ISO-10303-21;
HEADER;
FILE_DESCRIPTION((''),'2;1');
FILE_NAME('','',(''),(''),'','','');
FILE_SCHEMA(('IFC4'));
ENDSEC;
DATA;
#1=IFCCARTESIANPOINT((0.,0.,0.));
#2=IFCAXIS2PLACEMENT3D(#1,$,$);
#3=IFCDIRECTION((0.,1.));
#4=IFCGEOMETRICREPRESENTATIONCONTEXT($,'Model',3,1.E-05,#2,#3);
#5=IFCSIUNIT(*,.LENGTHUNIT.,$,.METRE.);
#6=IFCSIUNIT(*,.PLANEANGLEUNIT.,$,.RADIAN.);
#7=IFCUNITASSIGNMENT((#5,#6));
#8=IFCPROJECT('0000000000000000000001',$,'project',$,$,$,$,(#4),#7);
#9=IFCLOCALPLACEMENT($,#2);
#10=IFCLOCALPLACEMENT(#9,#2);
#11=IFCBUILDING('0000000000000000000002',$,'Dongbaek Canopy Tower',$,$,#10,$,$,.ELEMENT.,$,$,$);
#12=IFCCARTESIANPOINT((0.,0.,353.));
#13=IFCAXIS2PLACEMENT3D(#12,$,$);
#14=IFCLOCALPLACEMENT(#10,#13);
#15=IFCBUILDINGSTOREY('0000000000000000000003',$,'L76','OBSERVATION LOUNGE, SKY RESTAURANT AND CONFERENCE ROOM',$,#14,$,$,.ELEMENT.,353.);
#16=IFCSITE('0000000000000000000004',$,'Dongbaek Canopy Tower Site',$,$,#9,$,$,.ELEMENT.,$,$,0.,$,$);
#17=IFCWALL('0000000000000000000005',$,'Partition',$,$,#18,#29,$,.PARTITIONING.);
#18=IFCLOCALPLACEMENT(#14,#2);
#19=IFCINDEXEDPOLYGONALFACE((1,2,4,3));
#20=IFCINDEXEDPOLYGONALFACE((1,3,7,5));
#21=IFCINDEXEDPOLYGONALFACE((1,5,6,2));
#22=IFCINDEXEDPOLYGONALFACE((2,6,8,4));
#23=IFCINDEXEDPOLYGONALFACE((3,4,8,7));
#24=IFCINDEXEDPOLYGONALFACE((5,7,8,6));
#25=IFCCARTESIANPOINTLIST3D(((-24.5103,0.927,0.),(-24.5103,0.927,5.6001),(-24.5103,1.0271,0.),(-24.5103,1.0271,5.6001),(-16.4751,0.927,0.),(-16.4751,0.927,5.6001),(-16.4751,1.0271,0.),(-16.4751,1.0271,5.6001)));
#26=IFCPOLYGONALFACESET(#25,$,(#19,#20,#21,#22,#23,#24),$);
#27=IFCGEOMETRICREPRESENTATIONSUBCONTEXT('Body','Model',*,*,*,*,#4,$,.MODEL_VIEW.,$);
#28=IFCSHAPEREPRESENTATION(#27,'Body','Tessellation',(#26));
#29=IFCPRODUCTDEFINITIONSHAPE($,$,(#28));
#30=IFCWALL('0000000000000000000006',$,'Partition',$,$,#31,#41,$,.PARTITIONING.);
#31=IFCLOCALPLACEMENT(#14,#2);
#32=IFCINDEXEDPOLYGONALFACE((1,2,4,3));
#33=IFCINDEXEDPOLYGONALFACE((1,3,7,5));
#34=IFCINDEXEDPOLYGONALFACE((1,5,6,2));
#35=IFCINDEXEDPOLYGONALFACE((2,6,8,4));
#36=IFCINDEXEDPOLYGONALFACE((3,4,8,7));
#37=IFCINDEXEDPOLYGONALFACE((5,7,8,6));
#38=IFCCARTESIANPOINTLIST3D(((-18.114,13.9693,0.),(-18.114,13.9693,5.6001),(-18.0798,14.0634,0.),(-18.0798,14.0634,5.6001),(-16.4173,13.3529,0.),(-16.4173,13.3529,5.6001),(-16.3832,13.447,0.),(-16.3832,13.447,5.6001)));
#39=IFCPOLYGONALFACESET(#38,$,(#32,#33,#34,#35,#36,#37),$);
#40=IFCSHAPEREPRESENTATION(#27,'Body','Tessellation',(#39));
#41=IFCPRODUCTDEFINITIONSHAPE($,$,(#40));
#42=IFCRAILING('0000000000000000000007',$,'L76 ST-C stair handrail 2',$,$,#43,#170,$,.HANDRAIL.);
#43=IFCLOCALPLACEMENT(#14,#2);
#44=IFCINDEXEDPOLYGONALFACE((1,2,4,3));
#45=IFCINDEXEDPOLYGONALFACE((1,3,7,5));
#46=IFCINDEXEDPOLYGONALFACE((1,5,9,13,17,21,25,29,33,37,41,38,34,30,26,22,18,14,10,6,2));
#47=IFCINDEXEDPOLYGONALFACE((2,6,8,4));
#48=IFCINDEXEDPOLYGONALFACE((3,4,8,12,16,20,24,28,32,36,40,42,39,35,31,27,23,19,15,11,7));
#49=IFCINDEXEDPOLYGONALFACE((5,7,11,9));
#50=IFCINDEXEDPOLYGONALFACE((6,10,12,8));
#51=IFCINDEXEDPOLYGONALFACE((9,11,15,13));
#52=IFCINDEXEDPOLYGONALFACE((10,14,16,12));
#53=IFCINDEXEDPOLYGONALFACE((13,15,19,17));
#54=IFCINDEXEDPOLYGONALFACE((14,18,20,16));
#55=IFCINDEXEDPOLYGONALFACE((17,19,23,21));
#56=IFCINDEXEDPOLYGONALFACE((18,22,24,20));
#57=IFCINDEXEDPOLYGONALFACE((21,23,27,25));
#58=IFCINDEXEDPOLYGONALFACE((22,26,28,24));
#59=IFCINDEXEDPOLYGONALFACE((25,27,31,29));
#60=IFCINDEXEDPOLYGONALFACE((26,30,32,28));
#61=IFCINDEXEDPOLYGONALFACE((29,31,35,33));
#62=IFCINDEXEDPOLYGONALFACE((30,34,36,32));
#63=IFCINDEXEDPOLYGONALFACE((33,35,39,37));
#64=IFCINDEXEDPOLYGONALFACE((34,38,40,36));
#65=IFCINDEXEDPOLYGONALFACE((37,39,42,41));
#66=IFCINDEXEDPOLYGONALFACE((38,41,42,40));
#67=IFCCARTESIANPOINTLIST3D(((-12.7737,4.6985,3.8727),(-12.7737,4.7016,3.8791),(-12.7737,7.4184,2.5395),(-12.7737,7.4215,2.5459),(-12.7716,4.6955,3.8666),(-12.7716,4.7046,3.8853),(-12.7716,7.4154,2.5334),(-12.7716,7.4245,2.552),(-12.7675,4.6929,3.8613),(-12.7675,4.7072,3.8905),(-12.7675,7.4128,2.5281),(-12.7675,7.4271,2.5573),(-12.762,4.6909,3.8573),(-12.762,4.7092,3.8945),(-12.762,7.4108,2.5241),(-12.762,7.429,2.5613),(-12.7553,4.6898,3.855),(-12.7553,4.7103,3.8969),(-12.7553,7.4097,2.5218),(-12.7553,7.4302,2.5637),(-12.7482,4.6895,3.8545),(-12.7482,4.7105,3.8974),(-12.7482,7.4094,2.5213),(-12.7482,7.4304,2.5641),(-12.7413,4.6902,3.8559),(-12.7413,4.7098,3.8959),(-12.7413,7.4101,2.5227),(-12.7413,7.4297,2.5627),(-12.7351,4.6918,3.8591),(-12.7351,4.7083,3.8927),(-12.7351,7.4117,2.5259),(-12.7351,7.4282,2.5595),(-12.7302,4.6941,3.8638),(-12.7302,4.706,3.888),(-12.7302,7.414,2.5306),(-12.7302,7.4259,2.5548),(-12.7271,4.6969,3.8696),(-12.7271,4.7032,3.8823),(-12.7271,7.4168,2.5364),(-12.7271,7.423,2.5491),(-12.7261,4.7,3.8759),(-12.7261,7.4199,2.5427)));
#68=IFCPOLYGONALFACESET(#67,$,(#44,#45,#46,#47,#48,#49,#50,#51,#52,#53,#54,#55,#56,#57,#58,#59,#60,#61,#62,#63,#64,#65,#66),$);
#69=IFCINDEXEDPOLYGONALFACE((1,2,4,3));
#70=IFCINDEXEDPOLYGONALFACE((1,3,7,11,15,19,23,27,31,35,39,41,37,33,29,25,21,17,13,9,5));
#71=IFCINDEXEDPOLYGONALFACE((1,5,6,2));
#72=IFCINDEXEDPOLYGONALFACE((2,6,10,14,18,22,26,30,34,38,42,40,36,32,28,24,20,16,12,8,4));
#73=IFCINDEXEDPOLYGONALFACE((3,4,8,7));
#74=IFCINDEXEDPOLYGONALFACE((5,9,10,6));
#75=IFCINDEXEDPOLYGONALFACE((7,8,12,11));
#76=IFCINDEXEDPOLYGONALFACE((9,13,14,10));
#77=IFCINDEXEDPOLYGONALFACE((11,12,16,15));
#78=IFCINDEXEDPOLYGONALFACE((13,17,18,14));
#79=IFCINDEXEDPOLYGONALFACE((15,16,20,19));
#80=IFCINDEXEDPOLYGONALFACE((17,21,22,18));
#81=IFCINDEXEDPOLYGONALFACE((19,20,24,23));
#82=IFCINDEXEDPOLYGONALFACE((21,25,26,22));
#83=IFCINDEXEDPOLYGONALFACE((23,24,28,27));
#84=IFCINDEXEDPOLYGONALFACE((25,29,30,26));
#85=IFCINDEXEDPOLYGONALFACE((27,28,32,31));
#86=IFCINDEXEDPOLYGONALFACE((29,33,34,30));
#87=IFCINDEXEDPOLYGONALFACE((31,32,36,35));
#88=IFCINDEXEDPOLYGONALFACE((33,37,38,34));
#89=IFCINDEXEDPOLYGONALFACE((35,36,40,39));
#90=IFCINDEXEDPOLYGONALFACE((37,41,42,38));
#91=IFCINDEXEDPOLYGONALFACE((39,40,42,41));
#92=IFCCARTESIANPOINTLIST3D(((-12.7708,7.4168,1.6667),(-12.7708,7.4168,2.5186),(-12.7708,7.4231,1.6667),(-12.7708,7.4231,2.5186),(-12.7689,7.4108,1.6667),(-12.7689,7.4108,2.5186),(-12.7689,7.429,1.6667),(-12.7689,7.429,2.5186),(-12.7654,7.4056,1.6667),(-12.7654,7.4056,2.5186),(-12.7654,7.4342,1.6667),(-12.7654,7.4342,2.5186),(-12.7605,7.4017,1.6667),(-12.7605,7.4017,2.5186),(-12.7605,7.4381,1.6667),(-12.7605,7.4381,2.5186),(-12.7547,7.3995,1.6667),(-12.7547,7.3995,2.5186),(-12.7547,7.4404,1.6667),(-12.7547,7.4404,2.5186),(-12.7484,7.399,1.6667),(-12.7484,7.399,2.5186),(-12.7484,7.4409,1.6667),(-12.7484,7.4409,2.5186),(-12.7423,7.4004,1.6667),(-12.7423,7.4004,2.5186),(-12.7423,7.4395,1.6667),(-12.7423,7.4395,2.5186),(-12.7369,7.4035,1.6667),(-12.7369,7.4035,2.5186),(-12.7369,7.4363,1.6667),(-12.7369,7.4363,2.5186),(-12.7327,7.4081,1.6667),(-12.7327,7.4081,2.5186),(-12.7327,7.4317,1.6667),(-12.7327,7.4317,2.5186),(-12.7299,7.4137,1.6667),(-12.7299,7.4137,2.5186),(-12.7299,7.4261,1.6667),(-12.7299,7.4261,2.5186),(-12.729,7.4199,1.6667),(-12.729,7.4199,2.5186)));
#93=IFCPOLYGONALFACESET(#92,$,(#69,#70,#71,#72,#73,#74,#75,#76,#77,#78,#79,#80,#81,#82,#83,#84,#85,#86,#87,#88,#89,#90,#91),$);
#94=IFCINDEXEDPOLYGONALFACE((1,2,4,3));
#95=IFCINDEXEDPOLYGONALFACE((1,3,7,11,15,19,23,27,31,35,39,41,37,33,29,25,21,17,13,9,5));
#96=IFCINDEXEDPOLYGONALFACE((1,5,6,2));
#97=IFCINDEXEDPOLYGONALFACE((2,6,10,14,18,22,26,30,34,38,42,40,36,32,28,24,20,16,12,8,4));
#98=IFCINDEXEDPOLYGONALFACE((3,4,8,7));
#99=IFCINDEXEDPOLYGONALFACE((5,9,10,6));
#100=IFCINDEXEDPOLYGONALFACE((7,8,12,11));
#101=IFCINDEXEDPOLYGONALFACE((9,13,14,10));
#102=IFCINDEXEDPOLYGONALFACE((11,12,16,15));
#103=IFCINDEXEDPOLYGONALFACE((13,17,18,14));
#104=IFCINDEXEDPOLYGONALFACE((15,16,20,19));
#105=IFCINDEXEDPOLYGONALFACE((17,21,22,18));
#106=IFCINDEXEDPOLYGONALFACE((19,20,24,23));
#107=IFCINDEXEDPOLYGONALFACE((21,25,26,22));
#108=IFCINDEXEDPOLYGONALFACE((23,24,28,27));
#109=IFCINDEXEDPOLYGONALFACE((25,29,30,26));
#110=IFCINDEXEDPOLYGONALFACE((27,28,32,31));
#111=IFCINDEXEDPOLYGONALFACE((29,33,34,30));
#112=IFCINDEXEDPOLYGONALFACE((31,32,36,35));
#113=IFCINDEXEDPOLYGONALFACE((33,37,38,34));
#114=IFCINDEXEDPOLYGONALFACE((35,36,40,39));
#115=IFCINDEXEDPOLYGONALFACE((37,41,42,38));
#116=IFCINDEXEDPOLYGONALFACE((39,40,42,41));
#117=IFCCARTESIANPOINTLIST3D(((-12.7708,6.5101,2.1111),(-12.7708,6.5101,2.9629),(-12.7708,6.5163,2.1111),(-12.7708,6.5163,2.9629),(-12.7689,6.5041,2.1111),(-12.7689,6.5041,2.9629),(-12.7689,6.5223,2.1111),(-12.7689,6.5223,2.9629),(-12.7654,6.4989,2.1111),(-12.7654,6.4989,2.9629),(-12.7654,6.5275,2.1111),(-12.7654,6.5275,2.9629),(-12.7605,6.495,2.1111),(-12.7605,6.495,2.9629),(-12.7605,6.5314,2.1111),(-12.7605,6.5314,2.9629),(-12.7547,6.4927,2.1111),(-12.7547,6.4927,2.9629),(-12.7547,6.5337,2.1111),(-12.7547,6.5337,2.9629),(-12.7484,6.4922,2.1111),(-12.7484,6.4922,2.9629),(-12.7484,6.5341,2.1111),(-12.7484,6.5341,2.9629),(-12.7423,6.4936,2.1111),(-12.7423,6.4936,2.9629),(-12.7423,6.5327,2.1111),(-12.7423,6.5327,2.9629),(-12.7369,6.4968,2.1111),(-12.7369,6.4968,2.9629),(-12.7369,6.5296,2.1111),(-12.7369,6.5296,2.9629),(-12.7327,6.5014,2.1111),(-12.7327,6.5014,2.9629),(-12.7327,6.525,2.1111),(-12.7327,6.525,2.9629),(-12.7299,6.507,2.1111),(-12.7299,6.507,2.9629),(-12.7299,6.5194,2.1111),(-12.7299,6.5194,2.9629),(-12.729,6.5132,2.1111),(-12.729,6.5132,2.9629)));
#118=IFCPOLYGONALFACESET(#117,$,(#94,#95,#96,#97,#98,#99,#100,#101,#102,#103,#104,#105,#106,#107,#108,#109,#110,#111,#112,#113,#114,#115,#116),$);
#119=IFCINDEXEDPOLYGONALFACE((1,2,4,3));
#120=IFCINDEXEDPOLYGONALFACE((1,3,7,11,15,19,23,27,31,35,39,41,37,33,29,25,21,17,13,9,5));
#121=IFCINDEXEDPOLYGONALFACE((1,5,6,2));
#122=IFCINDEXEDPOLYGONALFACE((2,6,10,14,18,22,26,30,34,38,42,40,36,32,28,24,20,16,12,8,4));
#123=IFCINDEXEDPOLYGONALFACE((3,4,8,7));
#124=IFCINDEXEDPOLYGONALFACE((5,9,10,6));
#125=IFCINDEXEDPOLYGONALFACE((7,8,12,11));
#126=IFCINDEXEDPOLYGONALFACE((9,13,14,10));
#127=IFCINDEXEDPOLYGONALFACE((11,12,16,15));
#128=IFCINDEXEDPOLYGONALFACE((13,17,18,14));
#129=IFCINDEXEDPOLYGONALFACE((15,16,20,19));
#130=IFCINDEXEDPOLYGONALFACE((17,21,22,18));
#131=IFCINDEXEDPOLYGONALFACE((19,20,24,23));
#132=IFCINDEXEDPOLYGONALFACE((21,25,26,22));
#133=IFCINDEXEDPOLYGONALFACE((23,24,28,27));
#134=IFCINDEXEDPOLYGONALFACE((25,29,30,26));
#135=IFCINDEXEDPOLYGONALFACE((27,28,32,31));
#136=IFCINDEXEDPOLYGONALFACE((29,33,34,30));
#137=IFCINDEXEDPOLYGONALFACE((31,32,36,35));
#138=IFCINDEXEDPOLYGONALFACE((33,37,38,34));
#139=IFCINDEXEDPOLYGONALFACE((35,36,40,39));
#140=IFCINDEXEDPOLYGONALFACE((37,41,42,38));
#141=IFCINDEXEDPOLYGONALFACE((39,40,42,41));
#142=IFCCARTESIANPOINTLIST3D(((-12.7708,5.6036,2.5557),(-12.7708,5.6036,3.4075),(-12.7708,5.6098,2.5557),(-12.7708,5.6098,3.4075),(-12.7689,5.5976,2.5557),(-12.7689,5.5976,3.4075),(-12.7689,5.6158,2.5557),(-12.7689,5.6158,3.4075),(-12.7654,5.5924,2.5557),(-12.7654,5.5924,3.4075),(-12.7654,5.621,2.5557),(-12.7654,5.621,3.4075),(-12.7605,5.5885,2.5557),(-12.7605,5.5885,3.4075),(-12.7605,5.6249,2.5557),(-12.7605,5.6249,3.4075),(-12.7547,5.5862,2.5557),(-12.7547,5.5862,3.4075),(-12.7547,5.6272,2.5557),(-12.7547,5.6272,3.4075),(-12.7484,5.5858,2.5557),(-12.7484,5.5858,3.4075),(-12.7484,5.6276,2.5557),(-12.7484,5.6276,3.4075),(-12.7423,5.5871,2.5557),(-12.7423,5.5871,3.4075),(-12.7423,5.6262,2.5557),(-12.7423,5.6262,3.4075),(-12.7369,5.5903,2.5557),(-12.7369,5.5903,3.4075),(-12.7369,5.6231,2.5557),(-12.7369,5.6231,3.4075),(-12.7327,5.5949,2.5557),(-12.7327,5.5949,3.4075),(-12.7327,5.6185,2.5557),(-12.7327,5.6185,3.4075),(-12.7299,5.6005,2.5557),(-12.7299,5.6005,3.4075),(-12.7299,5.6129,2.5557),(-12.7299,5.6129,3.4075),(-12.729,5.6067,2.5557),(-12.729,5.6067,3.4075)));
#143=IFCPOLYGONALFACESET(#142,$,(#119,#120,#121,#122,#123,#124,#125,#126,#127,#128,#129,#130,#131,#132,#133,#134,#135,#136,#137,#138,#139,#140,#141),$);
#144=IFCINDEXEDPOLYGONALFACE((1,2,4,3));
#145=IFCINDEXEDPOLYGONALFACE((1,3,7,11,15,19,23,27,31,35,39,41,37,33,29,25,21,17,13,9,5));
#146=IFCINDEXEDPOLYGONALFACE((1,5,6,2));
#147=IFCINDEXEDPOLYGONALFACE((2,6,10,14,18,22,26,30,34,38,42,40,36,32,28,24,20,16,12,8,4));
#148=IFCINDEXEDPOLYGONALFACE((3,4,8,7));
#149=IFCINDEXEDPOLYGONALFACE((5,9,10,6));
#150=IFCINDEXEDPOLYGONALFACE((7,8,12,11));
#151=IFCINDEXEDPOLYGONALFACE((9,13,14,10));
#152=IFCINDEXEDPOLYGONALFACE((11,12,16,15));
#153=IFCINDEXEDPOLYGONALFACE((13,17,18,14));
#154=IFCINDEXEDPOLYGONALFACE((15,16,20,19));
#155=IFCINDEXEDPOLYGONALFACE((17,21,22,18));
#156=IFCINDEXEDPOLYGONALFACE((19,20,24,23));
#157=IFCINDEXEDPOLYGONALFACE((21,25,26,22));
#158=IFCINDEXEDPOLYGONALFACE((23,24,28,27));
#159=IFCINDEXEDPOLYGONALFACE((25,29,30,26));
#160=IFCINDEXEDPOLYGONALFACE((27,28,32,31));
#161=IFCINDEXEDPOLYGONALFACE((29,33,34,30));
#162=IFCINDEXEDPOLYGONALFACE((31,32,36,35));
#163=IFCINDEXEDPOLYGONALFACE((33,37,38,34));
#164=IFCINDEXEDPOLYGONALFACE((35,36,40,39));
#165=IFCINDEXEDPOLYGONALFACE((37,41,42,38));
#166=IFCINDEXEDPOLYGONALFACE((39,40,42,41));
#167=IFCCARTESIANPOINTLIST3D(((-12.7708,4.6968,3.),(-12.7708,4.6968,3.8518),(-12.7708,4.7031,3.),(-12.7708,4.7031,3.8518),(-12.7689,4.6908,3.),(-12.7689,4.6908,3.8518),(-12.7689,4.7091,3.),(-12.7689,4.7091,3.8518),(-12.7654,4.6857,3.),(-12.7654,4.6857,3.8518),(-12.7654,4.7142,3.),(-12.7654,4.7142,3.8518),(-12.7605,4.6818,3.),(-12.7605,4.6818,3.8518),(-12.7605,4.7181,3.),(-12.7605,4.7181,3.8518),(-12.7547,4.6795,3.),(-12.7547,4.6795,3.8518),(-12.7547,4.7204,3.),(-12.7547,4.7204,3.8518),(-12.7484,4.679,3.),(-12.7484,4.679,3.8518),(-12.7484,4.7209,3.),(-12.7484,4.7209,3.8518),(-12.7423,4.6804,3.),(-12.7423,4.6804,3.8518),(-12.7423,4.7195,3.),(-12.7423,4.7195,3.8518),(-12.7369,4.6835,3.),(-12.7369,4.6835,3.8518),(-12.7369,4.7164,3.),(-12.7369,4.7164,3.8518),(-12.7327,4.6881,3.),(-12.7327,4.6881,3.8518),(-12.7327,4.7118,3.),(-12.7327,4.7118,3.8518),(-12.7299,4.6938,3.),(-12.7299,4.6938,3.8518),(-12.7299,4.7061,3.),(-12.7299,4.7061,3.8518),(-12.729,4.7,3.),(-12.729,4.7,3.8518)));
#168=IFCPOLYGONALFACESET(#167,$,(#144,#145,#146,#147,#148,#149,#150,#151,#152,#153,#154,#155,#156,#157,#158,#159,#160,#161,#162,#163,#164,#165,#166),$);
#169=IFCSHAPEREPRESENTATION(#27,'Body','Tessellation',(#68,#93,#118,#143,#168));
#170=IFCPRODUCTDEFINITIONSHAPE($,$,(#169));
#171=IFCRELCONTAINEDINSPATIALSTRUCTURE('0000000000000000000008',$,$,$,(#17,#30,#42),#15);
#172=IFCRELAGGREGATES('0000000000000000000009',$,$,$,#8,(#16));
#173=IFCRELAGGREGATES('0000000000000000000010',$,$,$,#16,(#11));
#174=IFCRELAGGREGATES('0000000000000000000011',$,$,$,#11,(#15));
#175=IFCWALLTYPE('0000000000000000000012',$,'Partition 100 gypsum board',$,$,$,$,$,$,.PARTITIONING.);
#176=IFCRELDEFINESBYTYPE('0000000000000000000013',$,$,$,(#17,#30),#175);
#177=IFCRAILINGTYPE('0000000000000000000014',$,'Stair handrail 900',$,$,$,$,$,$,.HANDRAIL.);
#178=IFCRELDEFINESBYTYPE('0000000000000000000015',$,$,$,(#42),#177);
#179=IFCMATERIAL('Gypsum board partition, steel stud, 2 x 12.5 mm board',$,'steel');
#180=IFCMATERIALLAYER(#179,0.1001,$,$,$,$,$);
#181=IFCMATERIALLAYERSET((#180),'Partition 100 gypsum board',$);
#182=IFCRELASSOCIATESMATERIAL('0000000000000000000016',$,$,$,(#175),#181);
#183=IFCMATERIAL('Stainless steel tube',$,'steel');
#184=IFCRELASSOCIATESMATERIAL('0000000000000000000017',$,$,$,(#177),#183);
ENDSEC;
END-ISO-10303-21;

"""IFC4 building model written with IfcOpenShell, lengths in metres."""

from ifc_helpers import new_model, si_unit, direction, frame, frame_2d, origin, origin_2d, place, context, subcontext, project, spatial, rectangle, circle, extrude, material, layer, layer_set, type_object, element, save


model = new_model("IFC4")

# Units and contexts
model_context = context("Model", 3, precision=1e-05, world=origin(), true_north=direction((0.0, 1.0)))
body_context = subcontext(model_context, "Body", "Model", "MODEL_VIEW")
ifc_project = project(units=[si_unit("LENGTHUNIT", "METRE"), si_unit("PLANEANGLEUNIT", "RADIAN")], contexts=[model_context])

# Site, building, storey
site_placement = place(None, origin())
site = spatial("IfcSite", under=ifc_project, at=site_placement, Name="Dongbaek Canopy Tower Site", CompositionType="ELEMENT", RefElevation=0.0)
building_placement = place(site_placement, origin())
building = spatial("IfcBuilding", under=site, at=building_placement, Name="Dongbaek Canopy Tower", CompositionType="ELEMENT")
storey_placement = place(building_placement, frame((0.0, 0.0, 353.0)))
storey = spatial("IfcBuildingStorey", under=building, at=storey_placement, Name="L76", Description="OBSERVATION LOUNGE, SKY RESTAURANT AND CONFERENCE ROOM", CompositionType="ELEMENT", Elevation=353.0)

# Walls
ifc_material_1 = material(Name="Gypsum board partition, steel stud, 2 x 12.5 mm board", Category="steel")
ifc_layer_1 = layer(ifc_material_1, 0.1001)
ifc_layer_set_1 = layer_set([ifc_layer_1], Name="Partition 100 gypsum board")
wall_type_1 = type_object("IfcWallType", Name="Partition 100 gypsum board", PredefinedType="PARTITIONING", material=ifc_layer_set_1)
wall_1_placement = place(storey_placement, frame((-24.5103, 0.9771, 0.0), z_axis=(0.0, 0.0, 1.0), x_axis=(1.0, 0.0, 0.0)))
element("IfcWall", 1, at=wall_1_placement, inside=storey, type_object=wall_type_1, Name="Partition", PredefinedType="PARTITIONING", context=body_context, shape_type="SweptSolid", body=[
    extrude(rectangle(XDim=8.0352, YDim=0.1001, at=frame_2d((4.0176, 0.0))), origin(), (0.0, 0.0, 1.0), 5.6001),
])
wall_2_placement = place(storey_placement, frame((-18.0969, 14.0164, 0.0), z_axis=(0.0, 0.0, 1.0), x_axis=(0.939892, -0.341472, 0.0)))
element("IfcWall", 2, at=wall_2_placement, inside=storey, type_object=wall_type_1, Name="Partition", PredefinedType="PARTITIONING", context=body_context, shape_type="SweptSolid", body=[
    extrude(rectangle(XDim=1.8052, YDim=0.1001, at=frame_2d((0.9026, 0.0))), origin(), (0.0, 0.0, 1.0), 5.6001),
])

# Railing
ifc_material_2 = material(Name="Stainless steel tube", Category="steel")
railing_type = type_object("IfcRailingType", Name="Stair handrail 900", PredefinedType="HANDRAIL", material=ifc_material_2)
for number, where, name in (
    (3, (-12.75, 7.4199, 1.6667), "L76 ST-C stair handrail 2"),
):
    element("IfcRailing", number, at=place(storey_placement, frame(where)), inside=storey, type_object=railing_type, Name=name, PredefinedType="HANDRAIL", context=body_context, shape_type="SweptSolid", body=[
        extrude(circle(Radius=0.0239, at=origin_2d()), frame((0.0, 0.0, 0.876), z_axis=(0.0, -0.897929, 0.440139), x_axis=(1.0, 0.0, 0.0)), (0.0, 0.0, 1.0), 3.0291),
        extrude(circle(Radius=0.021, at=origin_2d()), origin(), (0.0, 0.0, 1.0), 0.8518),
        extrude(circle(Radius=0.021, at=origin_2d()), frame((0.0, -0.9067, 0.4443)), (0.0, 0.0, 1.0), 0.8518),
        extrude(circle(Radius=0.021, at=origin_2d()), frame((0.0, -1.8132, 0.8889)), (0.0, 0.0, 1.0), 0.8518),
        extrude(circle(Radius=0.021, at=origin_2d()), frame((0.0, -2.72, 1.3333)), (0.0, 0.0, 1.0), 0.8518),
    ])

save(model, "model.ifc")
